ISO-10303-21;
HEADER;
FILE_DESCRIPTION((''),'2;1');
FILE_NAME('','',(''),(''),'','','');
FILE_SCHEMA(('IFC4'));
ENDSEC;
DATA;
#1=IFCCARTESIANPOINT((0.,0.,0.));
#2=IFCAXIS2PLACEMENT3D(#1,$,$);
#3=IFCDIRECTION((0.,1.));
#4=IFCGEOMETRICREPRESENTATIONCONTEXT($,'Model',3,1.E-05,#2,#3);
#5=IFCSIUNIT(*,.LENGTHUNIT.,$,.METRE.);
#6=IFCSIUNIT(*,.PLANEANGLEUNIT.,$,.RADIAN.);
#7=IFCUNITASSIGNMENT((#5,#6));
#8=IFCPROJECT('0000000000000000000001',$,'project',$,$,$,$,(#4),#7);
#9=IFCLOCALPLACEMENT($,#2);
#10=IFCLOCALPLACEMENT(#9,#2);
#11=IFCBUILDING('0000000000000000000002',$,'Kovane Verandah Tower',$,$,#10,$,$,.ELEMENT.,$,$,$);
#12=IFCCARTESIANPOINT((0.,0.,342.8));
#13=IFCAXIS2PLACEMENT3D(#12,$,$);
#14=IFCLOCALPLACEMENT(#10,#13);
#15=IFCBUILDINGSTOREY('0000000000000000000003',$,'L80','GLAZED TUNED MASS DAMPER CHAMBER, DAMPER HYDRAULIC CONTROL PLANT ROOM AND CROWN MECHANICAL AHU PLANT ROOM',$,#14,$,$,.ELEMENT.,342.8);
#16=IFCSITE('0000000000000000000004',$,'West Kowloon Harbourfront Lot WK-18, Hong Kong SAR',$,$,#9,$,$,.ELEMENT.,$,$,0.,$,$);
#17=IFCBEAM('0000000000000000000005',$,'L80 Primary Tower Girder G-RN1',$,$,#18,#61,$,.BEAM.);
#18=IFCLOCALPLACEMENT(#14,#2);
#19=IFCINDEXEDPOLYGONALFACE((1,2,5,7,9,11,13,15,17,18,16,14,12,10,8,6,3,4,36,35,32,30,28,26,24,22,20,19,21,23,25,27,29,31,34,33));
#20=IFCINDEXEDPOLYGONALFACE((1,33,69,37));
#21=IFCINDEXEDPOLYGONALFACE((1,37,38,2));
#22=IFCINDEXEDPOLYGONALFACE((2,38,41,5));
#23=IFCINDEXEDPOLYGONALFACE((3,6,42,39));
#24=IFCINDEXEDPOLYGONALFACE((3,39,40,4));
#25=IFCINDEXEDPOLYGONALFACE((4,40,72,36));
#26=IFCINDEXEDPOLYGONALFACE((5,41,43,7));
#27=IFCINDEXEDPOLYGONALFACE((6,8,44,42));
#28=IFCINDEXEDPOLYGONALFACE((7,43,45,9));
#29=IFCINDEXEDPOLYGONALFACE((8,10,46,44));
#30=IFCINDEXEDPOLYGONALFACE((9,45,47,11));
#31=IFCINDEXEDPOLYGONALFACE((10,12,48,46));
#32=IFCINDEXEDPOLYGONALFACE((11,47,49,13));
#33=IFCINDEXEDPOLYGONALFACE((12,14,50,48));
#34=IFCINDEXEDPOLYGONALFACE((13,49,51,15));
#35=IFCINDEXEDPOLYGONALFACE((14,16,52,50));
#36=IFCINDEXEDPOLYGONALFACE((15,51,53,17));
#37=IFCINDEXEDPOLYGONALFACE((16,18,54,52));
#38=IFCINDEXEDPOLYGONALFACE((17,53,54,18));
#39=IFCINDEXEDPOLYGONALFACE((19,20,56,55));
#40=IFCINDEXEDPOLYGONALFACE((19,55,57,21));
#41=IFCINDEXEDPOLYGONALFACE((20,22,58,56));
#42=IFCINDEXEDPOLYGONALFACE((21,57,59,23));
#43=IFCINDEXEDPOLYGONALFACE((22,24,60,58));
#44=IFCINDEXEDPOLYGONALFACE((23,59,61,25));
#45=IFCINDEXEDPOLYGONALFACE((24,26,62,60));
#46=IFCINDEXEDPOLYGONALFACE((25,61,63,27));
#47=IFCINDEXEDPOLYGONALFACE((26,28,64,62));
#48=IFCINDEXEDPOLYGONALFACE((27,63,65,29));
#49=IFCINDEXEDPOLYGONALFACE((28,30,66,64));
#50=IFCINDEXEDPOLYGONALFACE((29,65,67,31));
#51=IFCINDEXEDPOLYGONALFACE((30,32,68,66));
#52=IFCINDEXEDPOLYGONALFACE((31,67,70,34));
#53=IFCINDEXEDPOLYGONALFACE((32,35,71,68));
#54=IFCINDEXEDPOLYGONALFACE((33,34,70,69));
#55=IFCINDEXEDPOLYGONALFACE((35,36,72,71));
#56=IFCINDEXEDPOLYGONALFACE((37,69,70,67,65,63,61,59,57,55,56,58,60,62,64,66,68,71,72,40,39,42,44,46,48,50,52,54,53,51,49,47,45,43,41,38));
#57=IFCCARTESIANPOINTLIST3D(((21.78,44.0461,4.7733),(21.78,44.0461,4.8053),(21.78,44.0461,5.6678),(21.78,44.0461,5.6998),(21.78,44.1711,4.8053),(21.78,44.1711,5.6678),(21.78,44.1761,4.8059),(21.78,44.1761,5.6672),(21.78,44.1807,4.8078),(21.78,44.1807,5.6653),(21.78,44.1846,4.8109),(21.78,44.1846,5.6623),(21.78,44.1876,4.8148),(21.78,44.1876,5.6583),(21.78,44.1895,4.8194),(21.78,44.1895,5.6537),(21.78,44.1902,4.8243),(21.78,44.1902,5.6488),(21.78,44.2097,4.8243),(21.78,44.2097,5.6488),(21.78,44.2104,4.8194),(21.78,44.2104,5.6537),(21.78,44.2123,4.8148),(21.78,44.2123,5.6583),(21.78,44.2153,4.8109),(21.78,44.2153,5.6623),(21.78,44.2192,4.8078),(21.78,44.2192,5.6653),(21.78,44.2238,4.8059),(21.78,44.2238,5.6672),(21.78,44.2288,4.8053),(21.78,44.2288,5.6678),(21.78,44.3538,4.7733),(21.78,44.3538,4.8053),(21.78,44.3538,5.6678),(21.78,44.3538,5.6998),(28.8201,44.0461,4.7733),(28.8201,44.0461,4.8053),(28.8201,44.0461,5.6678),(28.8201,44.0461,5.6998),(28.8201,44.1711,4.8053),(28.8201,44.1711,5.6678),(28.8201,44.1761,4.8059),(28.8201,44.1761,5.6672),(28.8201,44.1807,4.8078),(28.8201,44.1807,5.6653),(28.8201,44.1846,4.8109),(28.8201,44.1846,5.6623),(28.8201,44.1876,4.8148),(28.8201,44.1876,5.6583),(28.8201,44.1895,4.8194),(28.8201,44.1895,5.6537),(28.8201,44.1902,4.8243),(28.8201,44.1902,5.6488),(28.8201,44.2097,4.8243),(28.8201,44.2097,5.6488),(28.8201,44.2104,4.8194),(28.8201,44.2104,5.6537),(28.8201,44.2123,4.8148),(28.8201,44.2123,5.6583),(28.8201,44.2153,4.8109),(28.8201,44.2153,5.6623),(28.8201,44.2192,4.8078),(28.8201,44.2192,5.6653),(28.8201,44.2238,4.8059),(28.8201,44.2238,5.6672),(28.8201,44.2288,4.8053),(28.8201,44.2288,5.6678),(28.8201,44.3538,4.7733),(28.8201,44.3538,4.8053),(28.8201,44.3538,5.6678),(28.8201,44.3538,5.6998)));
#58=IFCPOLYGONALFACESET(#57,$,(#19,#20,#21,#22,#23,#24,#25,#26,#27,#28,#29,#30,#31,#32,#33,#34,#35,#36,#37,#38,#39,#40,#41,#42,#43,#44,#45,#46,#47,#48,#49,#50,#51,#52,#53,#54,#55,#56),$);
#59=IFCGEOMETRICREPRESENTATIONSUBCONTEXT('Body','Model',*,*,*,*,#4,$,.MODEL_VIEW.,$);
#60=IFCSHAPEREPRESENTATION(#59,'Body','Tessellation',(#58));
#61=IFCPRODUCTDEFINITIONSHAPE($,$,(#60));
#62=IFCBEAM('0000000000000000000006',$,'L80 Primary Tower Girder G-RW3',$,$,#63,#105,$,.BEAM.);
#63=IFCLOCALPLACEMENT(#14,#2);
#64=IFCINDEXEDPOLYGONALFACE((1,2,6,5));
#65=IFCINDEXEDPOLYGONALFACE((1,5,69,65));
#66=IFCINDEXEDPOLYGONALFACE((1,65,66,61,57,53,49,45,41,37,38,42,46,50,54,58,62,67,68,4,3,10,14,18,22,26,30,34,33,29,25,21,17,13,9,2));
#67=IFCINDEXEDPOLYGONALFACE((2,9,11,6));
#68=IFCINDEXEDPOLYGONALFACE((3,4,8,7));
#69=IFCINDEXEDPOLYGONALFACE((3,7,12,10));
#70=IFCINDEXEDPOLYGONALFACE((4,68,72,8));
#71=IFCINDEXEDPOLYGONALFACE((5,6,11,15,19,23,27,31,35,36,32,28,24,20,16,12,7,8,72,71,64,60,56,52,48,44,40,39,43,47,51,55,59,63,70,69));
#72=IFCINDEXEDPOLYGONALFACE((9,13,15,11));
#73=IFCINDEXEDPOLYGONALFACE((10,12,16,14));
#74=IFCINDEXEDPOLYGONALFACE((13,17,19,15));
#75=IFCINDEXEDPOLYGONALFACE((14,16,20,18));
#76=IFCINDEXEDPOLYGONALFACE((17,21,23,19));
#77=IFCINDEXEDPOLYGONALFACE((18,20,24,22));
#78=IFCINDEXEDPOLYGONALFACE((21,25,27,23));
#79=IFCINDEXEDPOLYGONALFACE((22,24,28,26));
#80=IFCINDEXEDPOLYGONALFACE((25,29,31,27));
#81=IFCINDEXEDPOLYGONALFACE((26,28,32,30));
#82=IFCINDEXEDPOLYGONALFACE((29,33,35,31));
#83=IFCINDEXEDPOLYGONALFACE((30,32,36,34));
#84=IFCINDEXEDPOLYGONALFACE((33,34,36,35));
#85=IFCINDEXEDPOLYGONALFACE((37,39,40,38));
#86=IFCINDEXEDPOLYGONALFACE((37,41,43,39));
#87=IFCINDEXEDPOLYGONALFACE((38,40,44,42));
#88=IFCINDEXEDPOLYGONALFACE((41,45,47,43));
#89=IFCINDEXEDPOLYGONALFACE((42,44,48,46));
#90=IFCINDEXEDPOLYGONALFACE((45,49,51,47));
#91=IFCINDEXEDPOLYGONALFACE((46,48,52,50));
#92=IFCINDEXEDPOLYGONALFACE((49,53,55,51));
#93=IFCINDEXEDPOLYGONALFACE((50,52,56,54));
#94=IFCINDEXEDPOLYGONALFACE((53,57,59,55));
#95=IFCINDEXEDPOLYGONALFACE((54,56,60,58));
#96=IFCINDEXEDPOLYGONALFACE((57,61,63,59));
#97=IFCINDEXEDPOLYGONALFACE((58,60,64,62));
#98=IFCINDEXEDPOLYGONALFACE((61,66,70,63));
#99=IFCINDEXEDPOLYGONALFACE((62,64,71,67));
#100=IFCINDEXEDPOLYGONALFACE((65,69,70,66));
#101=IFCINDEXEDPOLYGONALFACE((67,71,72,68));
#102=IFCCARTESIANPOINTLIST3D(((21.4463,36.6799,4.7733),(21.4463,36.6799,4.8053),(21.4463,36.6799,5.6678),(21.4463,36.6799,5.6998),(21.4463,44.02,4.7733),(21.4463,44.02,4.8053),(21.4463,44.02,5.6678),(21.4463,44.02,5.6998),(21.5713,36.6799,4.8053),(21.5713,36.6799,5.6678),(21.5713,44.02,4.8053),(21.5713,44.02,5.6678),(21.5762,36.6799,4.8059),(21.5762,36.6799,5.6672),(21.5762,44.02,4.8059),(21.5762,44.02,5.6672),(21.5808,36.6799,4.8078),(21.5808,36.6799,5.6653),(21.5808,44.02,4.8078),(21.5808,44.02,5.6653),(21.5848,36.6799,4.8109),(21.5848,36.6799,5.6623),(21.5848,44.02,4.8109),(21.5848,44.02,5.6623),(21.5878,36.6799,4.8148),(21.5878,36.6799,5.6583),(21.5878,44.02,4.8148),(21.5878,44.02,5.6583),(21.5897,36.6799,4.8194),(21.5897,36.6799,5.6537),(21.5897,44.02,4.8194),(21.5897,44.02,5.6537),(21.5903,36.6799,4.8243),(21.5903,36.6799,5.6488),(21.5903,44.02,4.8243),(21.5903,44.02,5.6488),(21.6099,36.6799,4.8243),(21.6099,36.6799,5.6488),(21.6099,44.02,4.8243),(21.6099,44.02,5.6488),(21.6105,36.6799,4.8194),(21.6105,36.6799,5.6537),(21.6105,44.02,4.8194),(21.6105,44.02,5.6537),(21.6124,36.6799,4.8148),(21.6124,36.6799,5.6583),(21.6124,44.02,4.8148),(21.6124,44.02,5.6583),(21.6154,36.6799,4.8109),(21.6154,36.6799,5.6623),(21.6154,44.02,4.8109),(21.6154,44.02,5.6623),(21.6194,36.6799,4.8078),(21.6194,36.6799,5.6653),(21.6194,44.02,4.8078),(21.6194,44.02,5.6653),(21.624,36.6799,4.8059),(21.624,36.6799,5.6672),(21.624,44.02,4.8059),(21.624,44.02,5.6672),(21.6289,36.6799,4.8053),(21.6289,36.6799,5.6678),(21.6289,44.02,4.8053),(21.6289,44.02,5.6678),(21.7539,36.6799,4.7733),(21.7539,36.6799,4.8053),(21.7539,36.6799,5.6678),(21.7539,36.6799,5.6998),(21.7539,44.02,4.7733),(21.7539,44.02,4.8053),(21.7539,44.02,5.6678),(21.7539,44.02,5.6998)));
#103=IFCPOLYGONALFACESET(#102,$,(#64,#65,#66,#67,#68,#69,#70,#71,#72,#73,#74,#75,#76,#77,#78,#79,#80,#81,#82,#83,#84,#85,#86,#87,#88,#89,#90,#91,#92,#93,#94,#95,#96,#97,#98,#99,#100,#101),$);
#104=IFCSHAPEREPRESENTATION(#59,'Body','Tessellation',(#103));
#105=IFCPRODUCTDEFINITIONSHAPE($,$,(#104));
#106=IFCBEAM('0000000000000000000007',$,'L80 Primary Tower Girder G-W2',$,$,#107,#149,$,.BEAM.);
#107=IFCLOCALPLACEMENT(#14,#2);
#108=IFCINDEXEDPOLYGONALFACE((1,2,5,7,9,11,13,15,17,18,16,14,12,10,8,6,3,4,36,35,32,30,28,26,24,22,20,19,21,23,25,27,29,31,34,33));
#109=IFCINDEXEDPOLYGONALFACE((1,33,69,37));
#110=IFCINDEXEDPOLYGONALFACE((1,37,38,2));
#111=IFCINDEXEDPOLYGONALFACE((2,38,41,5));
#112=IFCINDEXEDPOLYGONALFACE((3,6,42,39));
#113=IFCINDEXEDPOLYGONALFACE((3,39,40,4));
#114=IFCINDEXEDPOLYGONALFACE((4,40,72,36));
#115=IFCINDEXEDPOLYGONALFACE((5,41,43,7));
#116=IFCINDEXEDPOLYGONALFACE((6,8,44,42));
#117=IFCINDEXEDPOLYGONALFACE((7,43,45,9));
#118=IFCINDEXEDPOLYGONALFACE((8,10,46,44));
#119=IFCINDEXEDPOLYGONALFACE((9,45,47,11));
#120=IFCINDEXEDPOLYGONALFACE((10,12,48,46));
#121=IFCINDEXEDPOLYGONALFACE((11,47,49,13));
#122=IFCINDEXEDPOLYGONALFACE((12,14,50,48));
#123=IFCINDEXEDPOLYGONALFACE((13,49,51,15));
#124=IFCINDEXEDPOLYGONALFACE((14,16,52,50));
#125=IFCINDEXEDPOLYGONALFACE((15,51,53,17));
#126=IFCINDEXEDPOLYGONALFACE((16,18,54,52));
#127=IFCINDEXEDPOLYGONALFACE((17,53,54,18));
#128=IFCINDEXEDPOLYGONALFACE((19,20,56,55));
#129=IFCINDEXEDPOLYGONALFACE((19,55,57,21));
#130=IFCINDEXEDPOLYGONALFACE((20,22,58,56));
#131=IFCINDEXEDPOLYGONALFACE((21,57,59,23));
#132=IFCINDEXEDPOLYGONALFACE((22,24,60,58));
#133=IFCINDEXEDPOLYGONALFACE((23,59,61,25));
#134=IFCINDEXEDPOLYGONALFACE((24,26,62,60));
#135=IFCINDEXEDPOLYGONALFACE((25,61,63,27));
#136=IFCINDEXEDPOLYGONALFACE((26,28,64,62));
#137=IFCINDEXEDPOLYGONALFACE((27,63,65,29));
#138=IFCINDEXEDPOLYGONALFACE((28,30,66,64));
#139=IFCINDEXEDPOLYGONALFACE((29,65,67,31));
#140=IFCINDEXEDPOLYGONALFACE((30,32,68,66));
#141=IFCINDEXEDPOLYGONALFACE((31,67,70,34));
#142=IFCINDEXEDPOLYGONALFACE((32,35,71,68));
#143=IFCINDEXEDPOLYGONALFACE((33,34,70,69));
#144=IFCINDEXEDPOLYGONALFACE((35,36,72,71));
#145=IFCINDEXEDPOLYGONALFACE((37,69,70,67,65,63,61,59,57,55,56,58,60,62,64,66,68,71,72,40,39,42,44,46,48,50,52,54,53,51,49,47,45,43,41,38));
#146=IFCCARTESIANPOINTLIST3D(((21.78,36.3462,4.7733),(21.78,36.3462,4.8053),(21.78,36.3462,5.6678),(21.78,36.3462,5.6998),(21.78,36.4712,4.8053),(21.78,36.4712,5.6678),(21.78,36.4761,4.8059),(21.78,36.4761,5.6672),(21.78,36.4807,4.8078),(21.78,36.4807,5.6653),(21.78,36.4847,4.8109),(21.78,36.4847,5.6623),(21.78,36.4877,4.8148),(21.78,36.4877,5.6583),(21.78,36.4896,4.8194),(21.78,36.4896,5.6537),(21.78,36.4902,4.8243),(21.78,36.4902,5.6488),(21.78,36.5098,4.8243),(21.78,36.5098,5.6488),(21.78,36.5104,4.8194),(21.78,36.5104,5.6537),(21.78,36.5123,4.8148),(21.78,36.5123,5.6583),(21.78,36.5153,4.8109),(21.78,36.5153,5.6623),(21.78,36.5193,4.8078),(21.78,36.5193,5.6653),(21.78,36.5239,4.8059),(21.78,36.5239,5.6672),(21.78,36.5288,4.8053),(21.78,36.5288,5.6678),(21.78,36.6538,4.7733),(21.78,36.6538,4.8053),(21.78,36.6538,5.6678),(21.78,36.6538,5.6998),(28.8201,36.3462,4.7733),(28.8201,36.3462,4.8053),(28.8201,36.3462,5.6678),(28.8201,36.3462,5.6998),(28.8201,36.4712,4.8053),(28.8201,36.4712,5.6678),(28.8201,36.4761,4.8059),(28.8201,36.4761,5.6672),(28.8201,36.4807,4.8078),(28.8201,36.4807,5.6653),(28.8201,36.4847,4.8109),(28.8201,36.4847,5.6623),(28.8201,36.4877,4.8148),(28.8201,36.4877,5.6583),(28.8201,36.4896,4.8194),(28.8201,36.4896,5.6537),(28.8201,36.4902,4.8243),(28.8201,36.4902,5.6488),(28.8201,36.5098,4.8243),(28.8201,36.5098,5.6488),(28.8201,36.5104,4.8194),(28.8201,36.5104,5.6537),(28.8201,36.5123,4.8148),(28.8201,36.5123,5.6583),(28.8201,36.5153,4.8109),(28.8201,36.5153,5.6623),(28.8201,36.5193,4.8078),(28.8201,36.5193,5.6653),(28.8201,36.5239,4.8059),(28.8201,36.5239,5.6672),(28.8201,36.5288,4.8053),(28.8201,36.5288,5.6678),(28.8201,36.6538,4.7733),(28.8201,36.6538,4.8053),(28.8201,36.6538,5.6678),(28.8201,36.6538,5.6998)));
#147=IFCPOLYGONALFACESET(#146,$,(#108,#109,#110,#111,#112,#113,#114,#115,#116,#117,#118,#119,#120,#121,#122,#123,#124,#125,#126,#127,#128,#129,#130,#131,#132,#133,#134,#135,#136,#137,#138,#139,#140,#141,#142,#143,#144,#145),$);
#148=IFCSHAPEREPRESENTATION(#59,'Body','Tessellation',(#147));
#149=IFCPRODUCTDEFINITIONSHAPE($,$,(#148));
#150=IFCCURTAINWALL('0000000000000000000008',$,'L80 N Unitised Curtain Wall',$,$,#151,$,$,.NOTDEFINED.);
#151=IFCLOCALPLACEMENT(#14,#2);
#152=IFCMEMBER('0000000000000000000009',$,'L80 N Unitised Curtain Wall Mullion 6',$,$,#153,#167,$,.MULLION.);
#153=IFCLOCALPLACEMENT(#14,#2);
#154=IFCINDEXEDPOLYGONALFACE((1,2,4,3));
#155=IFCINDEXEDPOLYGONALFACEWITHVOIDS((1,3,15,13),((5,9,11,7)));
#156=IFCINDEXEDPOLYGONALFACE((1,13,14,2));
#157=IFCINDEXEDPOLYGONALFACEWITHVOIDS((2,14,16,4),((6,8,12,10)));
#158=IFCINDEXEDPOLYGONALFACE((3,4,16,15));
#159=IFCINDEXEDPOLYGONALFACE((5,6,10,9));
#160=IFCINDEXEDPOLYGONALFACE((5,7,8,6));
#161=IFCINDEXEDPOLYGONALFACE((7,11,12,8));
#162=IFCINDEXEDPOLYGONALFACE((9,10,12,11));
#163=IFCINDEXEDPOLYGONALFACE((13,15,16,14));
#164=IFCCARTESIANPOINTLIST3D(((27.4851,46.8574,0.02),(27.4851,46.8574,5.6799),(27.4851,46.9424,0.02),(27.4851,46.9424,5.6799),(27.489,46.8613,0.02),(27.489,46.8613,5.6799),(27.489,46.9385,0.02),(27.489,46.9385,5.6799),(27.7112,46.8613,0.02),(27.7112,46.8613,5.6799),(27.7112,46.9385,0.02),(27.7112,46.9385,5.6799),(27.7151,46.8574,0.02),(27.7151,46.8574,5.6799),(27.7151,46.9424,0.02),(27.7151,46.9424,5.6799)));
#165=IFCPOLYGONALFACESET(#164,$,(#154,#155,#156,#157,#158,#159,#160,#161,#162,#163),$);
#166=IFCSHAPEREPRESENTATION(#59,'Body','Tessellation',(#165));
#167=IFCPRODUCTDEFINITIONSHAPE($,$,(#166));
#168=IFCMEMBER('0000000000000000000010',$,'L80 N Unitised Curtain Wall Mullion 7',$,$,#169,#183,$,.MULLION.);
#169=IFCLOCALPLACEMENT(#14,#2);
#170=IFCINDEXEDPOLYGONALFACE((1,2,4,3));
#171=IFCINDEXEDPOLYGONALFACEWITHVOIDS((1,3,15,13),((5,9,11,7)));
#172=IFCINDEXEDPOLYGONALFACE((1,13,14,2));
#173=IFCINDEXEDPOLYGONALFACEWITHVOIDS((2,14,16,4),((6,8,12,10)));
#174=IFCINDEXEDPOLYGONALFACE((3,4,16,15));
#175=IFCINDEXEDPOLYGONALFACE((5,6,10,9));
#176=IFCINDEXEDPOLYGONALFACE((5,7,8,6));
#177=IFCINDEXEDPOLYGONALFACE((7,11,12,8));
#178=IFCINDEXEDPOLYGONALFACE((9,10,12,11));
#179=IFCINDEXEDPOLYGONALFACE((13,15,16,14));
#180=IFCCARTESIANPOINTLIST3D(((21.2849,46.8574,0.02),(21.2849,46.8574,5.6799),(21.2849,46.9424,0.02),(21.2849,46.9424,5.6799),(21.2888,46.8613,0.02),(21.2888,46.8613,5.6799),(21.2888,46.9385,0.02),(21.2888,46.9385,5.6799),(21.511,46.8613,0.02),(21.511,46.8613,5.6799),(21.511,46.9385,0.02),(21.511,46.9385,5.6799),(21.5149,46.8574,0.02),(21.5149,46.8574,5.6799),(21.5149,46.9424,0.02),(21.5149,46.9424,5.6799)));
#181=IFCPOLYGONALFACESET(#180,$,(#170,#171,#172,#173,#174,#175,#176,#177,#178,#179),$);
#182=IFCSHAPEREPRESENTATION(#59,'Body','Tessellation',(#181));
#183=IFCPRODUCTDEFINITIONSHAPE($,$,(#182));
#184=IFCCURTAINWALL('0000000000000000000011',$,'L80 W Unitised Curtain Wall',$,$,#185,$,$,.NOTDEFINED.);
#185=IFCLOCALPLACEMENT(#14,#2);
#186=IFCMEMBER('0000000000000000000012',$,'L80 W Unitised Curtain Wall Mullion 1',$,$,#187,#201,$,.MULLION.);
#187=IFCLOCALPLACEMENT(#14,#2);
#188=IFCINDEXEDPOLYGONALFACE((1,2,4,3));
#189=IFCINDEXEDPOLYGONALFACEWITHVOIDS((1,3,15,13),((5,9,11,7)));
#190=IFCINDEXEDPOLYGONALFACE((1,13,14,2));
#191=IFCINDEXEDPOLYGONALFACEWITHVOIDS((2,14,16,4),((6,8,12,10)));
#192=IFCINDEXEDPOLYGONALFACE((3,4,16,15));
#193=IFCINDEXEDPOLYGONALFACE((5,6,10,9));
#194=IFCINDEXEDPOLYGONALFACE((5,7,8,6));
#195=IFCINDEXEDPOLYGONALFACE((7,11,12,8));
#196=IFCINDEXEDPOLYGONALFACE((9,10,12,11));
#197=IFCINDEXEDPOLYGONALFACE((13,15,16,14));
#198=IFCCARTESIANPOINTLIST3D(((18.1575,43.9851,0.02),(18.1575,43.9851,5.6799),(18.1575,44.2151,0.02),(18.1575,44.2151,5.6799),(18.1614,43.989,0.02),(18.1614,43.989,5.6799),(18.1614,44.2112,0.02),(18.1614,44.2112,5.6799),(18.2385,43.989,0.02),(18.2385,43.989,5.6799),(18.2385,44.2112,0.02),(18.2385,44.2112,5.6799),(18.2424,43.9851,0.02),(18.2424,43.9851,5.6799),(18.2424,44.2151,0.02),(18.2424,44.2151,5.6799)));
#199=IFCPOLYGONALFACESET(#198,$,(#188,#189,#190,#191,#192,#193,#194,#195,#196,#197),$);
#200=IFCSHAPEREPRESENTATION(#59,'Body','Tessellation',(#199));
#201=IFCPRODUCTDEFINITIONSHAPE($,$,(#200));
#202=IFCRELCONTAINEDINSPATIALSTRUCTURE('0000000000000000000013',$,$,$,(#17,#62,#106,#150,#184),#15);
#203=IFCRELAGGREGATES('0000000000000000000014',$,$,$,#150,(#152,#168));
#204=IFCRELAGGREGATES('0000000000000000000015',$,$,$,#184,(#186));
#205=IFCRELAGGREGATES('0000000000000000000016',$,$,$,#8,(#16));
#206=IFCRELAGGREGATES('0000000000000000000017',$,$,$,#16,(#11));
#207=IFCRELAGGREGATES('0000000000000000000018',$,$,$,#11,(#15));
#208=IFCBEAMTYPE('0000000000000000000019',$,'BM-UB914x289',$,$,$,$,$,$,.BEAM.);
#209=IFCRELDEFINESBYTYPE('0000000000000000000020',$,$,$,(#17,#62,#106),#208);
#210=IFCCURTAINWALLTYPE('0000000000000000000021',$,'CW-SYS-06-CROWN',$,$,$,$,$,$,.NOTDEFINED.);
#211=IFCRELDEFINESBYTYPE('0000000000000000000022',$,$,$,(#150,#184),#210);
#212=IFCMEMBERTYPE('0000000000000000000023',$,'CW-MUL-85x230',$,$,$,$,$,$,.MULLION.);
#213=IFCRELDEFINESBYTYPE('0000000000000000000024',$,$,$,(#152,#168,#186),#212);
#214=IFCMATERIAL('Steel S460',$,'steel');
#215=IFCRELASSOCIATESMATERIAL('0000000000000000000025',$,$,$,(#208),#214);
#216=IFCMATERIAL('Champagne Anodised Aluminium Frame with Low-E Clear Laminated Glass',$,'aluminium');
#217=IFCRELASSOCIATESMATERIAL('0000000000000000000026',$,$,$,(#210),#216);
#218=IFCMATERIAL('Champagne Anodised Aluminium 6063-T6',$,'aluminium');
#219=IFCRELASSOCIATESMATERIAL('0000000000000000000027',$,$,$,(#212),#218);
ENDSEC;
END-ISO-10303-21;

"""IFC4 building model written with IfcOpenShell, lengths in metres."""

from ifc_helpers import new_model, si_unit, direction, frame, origin, origin_2d, place, context, subcontext, project, spatial, hollow_rectangle, i_section, extrude, material, material_profile, profile_set, type_object, element, aggregate, save


model = new_model("IFC4")

# Units and contexts
model_context = context("Model", 3, precision=1e-05, world=origin(), true_north=direction((0.0, 1.0)))
body_context = subcontext(model_context, "Body", "Model", "MODEL_VIEW")
ifc_project = project(units=[si_unit("LENGTHUNIT", "METRE"), si_unit("PLANEANGLEUNIT", "RADIAN")], contexts=[model_context])

# Site, building, storey
site_placement = place(None, origin())
site = spatial("IfcSite", under=ifc_project, at=site_placement, Name="West Kowloon Harbourfront Lot WK-18, Hong Kong SAR", CompositionType="ELEMENT", RefElevation=0.0)
building_placement = place(site_placement, origin())
building = spatial("IfcBuilding", under=site, at=building_placement, Name="Kovane Verandah Tower", CompositionType="ELEMENT")
storey_placement = place(building_placement, frame((0.0, 0.0, 342.8)))
storey = spatial("IfcBuildingStorey", under=building, at=storey_placement, Name="L80", Description="GLAZED TUNED MASS DAMPER CHAMBER, DAMPER HYDRAULIC CONTROL PLANT ROOM AND CROWN MECHANICAL AHU PLANT ROOM", CompositionType="ELEMENT", Elevation=342.8)

# Shared definitions
ifc_material_1 = material(Name="Steel S460", Category="steel")

# Beams
ifc_material_profile_1 = material_profile(ifc_material_1, i_section(OverallWidth=0.3076, OverallDepth=0.9265, WebThickness=0.0195, FlangeThickness=0.032, FilletRadius=0.019, at=origin_2d()), Name="UB914x305x289")
ifc_profile_set_1 = profile_set([ifc_material_profile_1], Name="Steel S460")
beam_type_1 = type_object("IfcBeamType", Name="BM-UB914x289", PredefinedType="BEAM", material=ifc_profile_set_1)
beam_1_placement = place(storey_placement, frame((21.78, 44.2, 5.2366), z_axis=(1.0, 0.0, 0.0), x_axis=(0.0, 1.0, 0.0)))
element("IfcBeam", 1, at=beam_1_placement, inside=storey, type_object=beam_type_1, Name="L80 Primary Tower Girder G-RN1", PredefinedType="BEAM", context=body_context, shape_type="SweptSolid", body=[
    extrude(i_section(OverallWidth=0.3076, OverallDepth=0.9265, WebThickness=0.0195, FlangeThickness=0.032, FilletRadius=0.019, at=origin_2d()), origin(), (0.0, 0.0, 1.0), 7.04),
])
beam_2_placement = place(storey_placement, frame((21.6001, 36.6799, 5.2366), z_axis=(0.0, 1.0, 0.0), x_axis=(-1.0, 0.0, 0.0)))
element("IfcBeam", 2, at=beam_2_placement, inside=storey, type_object=beam_type_1, Name="L80 Primary Tower Girder G-RW3", PredefinedType="BEAM", context=body_context, shape_type="SweptSolid", body=[
    extrude(i_section(OverallWidth=0.3076, OverallDepth=0.9265, WebThickness=0.0195, FlangeThickness=0.032, FilletRadius=0.019, at=origin_2d()), origin(), (0.0, 0.0, 1.0), 7.3401),
])
beam_3_placement = place(storey_placement, frame((28.8201, 36.5, 5.2366), z_axis=(-1.0, 0.0, 0.0), x_axis=(0.0, -1.0, 0.0)))
element("IfcBeam", 3, at=beam_3_placement, inside=storey, type_object=beam_type_1, Name="L80 Primary Tower Girder G-W2", PredefinedType="BEAM", context=body_context, shape_type="SweptSolid", body=[
    extrude(i_section(OverallWidth=0.3076, OverallDepth=0.9265, WebThickness=0.0195, FlangeThickness=0.032, FilletRadius=0.019, at=origin_2d()), origin(), (0.0, 0.0, 1.0), 7.04),
])

# Curtain walls, members
ifc_material_2 = material(Name="Champagne Anodised Aluminium Frame with Low-E Clear Laminated Glass", Category="aluminium")
curtain_wall_type = type_object("IfcCurtainWallType", Name="CW-SYS-06-CROWN", PredefinedType="NOTDEFINED", material=ifc_material_2)
curtain_wall_1_placement = place(storey_placement, origin())
curtain_wall_1 = element("IfcCurtainWall", 4, at=curtain_wall_1_placement, inside=storey, type_object=curtain_wall_type, Name="L80 N Unitised Curtain Wall", PredefinedType="NOTDEFINED")
ifc_material_3 = material(Name="Champagne Anodised Aluminium 6063-T6", Category="aluminium")
ifc_material_profile_2 = material_profile(ifc_material_3, hollow_rectangle(XDim=0.085, YDim=0.23, WallThickness=0.0039, at=origin_2d()), Name="AL85x230x4")
ifc_profile_set_2 = profile_set([ifc_material_profile_2], Name="Champagne Anodised Aluminium 6063-T6")
member_type_1 = type_object("IfcMemberType", Name="CW-MUL-85x230", PredefinedType="MULLION", material=ifc_profile_set_2)
member_1_placement = place(storey_placement, frame((27.6001, 46.8999, 0.02), z_axis=(0.0, 0.0, 1.0), x_axis=(0.0, 1.0, 0.0)))
member_1 = element("IfcMember", 5, at=member_1_placement, type_object=member_type_1, Name="L80 N Unitised Curtain Wall Mullion 6", PredefinedType="MULLION", context=body_context, shape_type="SweptSolid", body=[
    extrude(hollow_rectangle(XDim=0.085, YDim=0.23, WallThickness=0.0039, at=origin_2d()), origin(), (0.0, 0.0, 1.0), 5.6599),
])
member_2_placement = place(storey_placement, frame((21.3999, 46.8999, 0.02), z_axis=(0.0, 0.0, 1.0), x_axis=(0.0, 1.0, 0.0)))
member_2 = element("IfcMember", 6, at=member_2_placement, type_object=member_type_1, Name="L80 N Unitised Curtain Wall Mullion 7", PredefinedType="MULLION", context=body_context, shape_type="SweptSolid", body=[
    extrude(hollow_rectangle(XDim=0.085, YDim=0.23, WallThickness=0.0039, at=origin_2d()), origin(), (0.0, 0.0, 1.0), 5.6599),
])
curtain_wall_2_placement = place(storey_placement, origin())
curtain_wall_2 = element("IfcCurtainWall", 7, at=curtain_wall_2_placement, inside=storey, type_object=curtain_wall_type, Name="L80 W Unitised Curtain Wall", PredefinedType="NOTDEFINED")
member_3_placement = place(storey_placement, frame((18.2, 44.1001, 0.02), z_axis=(0.0, 0.0, 1.0), x_axis=(-1.0, 0.0, 0.0)))
member_3 = element("IfcMember", 8, at=member_3_placement, type_object=member_type_1, Name="L80 W Unitised Curtain Wall Mullion 1", PredefinedType="MULLION", context=body_context, shape_type="SweptSolid", body=[
    extrude(hollow_rectangle(XDim=0.085, YDim=0.23, WallThickness=0.0039, at=origin_2d()), origin(), (0.0, 0.0, 1.0), 5.6599),
])

aggregate(curtain_wall_1, [member_1, member_2])
aggregate(curtain_wall_2, [member_3])

save(model, "model.ifc")
